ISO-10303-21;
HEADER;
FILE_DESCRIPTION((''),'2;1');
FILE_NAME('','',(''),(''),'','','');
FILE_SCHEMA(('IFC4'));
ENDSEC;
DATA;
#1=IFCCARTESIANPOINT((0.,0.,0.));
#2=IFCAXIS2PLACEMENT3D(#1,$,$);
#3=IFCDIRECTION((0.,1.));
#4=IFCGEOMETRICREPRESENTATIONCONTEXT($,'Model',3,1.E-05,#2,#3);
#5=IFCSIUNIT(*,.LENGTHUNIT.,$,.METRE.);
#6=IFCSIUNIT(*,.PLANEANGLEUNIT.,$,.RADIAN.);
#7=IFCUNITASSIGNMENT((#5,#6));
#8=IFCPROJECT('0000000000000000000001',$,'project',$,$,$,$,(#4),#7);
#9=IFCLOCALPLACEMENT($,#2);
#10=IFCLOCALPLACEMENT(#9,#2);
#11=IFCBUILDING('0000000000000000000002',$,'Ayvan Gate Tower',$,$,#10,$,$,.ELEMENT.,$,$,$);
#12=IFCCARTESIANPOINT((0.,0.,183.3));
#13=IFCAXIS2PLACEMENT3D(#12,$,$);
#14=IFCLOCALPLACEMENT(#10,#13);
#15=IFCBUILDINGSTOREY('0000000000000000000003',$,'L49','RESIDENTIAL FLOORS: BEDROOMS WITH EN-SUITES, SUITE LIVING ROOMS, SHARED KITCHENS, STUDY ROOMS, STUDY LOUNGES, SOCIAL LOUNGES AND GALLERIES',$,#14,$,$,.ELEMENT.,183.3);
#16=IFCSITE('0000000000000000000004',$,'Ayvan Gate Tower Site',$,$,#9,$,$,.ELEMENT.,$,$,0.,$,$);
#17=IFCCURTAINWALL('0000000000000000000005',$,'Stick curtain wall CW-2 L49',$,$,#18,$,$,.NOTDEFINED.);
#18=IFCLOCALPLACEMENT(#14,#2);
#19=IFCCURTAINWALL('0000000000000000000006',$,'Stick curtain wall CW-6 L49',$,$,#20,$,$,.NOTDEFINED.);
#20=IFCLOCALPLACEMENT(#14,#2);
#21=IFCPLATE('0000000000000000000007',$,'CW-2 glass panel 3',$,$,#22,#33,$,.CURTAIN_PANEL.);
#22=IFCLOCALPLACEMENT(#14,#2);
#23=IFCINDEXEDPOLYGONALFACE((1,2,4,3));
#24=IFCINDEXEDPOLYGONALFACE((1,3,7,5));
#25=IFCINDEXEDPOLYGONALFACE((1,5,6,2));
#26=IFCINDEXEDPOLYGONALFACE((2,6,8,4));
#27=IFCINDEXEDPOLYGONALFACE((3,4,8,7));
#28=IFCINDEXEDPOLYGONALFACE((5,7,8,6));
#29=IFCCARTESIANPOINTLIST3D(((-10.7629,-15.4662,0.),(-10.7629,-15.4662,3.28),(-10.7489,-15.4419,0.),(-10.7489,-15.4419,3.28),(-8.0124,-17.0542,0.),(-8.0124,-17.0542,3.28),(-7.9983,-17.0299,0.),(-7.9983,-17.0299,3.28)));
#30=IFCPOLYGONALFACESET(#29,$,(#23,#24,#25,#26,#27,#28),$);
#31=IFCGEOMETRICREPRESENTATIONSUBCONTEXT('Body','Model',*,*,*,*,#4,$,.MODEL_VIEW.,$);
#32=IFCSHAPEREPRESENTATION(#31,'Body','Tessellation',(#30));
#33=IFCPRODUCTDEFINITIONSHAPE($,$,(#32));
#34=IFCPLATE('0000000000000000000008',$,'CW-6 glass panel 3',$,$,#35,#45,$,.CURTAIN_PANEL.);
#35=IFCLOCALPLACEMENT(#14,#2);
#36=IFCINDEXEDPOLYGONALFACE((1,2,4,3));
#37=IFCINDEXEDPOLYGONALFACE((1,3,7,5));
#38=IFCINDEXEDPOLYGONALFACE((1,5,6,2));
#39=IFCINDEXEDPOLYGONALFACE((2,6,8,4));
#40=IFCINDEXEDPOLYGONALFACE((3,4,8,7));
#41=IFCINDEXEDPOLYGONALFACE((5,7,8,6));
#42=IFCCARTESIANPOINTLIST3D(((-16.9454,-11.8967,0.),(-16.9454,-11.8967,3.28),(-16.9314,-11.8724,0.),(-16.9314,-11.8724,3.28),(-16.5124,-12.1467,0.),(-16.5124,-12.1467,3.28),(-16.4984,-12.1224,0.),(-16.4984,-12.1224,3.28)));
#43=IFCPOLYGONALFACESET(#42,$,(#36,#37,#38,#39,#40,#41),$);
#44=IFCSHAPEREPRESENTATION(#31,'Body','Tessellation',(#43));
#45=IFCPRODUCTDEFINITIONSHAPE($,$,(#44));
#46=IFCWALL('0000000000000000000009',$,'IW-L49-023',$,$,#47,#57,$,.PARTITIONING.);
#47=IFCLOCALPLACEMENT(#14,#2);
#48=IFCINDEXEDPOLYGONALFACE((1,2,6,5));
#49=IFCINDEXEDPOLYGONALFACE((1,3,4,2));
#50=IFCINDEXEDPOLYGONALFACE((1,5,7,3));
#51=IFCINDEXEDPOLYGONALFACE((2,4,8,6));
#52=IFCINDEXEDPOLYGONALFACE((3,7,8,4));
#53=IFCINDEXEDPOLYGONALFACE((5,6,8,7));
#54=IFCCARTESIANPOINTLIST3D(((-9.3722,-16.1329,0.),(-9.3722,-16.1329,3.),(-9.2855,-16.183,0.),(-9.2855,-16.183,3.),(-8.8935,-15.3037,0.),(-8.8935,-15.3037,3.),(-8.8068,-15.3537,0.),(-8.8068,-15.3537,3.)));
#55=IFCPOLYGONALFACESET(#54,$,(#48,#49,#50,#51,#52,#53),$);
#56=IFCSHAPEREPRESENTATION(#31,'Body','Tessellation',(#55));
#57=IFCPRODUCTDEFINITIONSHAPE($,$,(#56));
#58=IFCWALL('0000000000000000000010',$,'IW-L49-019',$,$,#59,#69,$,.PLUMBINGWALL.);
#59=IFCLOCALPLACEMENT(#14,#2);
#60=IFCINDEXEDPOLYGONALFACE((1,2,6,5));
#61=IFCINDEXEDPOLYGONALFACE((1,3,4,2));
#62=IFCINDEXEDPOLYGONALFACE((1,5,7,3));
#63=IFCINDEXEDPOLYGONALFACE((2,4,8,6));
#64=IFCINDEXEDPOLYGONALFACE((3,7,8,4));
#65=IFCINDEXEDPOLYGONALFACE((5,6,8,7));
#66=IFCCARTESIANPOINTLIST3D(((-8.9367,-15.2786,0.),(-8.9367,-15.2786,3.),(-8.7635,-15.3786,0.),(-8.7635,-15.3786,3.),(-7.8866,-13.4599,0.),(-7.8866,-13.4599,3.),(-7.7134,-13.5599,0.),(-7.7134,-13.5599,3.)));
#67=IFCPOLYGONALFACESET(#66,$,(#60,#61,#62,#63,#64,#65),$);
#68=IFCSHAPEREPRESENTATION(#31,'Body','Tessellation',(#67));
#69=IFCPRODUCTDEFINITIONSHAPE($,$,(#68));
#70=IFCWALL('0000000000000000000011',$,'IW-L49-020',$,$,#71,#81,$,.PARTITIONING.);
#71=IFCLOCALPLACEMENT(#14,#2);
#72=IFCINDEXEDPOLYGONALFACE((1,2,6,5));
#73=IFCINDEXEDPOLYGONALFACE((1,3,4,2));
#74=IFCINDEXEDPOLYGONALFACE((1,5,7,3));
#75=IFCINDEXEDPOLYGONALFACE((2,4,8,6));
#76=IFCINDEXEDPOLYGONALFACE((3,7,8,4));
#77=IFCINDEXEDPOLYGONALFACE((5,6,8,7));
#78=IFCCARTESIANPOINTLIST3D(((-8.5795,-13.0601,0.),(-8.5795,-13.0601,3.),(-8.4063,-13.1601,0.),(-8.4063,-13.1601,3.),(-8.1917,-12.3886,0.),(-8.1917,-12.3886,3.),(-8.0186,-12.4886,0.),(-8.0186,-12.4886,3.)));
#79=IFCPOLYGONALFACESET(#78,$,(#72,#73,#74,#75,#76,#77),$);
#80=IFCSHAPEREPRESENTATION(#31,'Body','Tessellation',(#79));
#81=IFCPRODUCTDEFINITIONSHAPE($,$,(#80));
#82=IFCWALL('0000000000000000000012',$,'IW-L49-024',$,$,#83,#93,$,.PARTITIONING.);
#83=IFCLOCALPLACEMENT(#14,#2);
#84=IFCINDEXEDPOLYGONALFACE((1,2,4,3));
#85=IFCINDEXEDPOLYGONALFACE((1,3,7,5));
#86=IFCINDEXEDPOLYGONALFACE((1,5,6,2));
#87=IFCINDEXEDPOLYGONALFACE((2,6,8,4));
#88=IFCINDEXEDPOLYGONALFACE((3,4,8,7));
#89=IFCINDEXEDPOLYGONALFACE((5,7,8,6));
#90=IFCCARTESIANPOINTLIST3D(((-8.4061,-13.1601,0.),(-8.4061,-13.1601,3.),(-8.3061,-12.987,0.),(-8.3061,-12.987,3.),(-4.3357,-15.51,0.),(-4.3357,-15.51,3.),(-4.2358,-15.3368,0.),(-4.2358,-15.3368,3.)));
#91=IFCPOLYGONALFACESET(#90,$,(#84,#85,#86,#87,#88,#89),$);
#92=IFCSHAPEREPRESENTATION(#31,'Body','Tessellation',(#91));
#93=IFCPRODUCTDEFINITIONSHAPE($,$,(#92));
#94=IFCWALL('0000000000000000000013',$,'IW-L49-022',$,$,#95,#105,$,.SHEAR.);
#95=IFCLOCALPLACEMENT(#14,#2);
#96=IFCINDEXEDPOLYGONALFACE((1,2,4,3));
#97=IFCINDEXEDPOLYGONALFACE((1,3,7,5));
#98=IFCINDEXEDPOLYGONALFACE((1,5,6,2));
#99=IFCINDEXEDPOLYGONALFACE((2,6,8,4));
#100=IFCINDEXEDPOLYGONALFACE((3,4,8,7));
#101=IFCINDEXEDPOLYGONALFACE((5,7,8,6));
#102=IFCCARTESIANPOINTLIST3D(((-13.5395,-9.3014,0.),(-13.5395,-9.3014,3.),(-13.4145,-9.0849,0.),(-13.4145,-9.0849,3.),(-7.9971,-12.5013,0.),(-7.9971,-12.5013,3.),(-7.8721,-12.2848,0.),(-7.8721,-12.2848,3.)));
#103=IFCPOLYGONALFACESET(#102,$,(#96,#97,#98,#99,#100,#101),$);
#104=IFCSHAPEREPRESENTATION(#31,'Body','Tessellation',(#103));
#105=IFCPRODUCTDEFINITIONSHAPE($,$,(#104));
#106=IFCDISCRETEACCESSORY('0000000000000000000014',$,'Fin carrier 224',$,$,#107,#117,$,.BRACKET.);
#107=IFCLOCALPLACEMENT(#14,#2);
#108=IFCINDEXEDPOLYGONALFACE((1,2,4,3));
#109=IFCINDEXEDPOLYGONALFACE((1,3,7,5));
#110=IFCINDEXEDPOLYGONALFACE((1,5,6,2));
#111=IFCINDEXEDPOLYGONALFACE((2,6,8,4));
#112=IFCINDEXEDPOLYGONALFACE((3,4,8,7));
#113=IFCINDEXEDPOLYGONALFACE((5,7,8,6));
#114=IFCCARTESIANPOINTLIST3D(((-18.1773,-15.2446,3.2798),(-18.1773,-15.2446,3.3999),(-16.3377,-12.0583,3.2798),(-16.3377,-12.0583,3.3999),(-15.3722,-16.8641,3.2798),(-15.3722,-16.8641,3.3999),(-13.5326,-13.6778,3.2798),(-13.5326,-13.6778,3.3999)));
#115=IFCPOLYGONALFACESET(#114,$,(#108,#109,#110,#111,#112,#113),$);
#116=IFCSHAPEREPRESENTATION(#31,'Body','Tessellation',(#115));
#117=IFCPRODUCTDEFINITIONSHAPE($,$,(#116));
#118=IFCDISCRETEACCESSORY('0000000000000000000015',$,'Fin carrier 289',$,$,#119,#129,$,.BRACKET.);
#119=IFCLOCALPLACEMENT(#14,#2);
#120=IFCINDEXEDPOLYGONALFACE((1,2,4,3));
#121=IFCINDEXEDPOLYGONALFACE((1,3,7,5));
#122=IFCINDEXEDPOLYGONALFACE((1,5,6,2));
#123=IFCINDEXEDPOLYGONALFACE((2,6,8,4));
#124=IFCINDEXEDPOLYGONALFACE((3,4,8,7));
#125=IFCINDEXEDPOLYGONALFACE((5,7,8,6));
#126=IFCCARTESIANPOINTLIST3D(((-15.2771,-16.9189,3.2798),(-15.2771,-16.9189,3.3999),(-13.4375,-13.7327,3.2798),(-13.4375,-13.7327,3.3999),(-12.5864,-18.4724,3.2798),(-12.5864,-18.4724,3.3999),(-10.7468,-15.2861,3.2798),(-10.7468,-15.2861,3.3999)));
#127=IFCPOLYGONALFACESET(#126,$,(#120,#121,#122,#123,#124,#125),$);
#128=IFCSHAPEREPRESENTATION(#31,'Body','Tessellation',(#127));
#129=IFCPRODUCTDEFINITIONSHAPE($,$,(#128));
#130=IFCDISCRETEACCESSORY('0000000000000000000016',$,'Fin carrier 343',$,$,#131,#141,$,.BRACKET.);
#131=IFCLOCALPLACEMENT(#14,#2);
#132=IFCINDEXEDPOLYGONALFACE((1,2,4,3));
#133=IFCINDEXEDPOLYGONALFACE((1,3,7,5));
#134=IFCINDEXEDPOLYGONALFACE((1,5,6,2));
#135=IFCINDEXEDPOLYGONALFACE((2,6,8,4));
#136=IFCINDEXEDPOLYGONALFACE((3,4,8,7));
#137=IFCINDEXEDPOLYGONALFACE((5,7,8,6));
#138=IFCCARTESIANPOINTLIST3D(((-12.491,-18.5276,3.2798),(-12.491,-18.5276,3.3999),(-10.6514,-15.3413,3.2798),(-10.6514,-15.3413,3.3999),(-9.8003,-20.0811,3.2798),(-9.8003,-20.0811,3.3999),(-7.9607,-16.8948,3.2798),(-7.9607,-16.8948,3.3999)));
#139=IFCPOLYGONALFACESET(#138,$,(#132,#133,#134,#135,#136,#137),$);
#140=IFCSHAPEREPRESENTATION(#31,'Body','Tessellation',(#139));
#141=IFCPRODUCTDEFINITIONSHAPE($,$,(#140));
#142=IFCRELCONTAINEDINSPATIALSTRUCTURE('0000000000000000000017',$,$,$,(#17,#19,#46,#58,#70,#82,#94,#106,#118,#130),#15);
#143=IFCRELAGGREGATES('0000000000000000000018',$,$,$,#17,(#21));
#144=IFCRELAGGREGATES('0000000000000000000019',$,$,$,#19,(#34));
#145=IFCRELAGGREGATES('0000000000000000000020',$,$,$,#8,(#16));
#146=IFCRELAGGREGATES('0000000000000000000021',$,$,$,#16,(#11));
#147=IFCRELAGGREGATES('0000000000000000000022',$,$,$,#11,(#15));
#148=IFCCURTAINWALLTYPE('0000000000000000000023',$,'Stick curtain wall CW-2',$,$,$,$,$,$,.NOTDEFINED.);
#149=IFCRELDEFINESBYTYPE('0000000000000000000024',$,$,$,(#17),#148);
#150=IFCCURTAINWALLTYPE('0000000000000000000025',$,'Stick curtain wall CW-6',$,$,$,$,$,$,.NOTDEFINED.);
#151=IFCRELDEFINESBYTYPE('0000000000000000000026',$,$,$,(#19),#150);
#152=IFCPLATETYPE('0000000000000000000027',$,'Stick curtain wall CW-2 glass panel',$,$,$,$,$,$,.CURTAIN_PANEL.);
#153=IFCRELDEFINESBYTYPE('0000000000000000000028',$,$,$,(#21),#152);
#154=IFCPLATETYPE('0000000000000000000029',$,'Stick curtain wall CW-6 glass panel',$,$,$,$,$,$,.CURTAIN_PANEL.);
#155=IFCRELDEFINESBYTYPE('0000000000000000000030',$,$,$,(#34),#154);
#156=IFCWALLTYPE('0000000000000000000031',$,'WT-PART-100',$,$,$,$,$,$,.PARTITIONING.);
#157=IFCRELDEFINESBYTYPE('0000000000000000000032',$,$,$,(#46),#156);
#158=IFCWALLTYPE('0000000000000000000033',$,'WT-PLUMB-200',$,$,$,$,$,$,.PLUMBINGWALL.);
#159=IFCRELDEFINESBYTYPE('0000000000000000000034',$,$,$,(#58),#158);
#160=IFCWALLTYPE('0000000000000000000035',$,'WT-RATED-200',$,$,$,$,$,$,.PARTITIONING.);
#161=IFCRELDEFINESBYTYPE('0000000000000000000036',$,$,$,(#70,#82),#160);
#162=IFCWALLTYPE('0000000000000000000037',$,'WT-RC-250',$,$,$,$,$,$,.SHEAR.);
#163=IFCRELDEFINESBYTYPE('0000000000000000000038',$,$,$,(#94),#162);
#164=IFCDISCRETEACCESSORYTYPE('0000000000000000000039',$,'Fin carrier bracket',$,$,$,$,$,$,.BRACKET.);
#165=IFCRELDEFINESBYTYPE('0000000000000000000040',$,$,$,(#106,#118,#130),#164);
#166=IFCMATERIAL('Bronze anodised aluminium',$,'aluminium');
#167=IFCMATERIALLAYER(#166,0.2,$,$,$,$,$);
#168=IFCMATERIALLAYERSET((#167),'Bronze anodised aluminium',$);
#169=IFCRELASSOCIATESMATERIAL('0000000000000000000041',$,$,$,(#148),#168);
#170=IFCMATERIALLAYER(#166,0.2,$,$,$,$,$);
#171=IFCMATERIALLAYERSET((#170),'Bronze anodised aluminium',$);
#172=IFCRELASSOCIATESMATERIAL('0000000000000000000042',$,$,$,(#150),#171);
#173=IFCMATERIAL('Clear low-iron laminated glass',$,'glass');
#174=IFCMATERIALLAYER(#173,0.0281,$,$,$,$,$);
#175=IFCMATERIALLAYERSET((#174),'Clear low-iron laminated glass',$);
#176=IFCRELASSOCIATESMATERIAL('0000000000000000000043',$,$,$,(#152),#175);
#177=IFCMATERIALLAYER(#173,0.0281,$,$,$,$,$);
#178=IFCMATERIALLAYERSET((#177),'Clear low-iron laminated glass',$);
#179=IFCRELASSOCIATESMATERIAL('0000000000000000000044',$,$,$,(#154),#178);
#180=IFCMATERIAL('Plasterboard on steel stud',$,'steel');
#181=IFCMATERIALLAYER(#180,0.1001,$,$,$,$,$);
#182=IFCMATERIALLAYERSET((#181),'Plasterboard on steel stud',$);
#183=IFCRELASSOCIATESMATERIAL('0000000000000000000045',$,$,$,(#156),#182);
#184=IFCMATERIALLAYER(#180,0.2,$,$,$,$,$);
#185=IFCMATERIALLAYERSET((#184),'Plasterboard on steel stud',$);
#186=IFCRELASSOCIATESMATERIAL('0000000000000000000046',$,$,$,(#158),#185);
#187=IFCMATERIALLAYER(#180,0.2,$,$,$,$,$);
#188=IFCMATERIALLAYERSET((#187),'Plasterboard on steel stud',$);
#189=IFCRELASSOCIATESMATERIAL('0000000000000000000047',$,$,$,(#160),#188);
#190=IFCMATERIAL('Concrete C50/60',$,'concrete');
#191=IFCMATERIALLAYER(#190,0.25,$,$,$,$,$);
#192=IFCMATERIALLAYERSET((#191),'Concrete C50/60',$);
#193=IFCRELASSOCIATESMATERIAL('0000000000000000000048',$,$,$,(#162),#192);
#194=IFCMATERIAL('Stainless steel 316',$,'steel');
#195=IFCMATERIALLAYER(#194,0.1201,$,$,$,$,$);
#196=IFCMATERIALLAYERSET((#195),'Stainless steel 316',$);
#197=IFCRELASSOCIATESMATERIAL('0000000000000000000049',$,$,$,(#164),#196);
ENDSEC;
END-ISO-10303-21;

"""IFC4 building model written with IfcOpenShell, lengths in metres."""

from ifc_helpers import new_model, si_unit, direction, frame, frame_2d, origin, origin_2d, place, context, subcontext, project, spatial, rectangle, extrude, material, layer, layer_set, type_object, element, aggregate, save


model = new_model("IFC4")

# Units and contexts
model_context = context("Model", 3, precision=1e-05, world=origin(), true_north=direction((0.0, 1.0)))
body_context = subcontext(model_context, "Body", "Model", "MODEL_VIEW")
ifc_project = project(units=[si_unit("LENGTHUNIT", "METRE"), si_unit("PLANEANGLEUNIT", "RADIAN")], contexts=[model_context])

# Site, building, storey
site_placement = place(None, origin())
site = spatial("IfcSite", under=ifc_project, at=site_placement, Name="Ayvan Gate Tower Site", CompositionType="ELEMENT", RefElevation=0.0)
building_placement = place(site_placement, origin())
building = spatial("IfcBuilding", under=site, at=building_placement, Name="Ayvan Gate Tower", CompositionType="ELEMENT")
storey_placement = place(building_placement, frame((0.0, 0.0, 183.3)))
storey = spatial("IfcBuildingStorey", under=building, at=storey_placement, Name="L49", Description="RESIDENTIAL FLOORS: BEDROOMS WITH EN-SUITES, SUITE LIVING ROOMS, SHARED KITCHENS, STUDY ROOMS, STUDY LOUNGES, SOCIAL LOUNGES AND GALLERIES", CompositionType="ELEMENT", Elevation=183.3)

# Curtain walls
ifc_material_1 = material(Name="Bronze anodised aluminium", Category="aluminium")
ifc_layer_1 = layer(ifc_material_1, 0.2)
ifc_layer_set_1 = layer_set([ifc_layer_1], Name="Bronze anodised aluminium")
curtain_wall_type_1 = type_object("IfcCurtainWallType", Name="Stick curtain wall CW-2", PredefinedType="NOTDEFINED", material=ifc_layer_set_1)
curtain_wall_1_placement = place(storey_placement, origin())
curtain_wall_1 = element("IfcCurtainWall", 1, at=curtain_wall_1_placement, inside=storey, type_object=curtain_wall_type_1, Name="Stick curtain wall CW-2 L49", PredefinedType="NOTDEFINED")
ifc_layer_2 = layer(ifc_material_1, 0.2)
ifc_layer_set_2 = layer_set([ifc_layer_2], Name="Bronze anodised aluminium")
curtain_wall_type_2 = type_object("IfcCurtainWallType", Name="Stick curtain wall CW-6", PredefinedType="NOTDEFINED", material=ifc_layer_set_2)
curtain_wall_2_placement = place(storey_placement, origin())
curtain_wall_2 = element("IfcCurtainWall", 2, at=curtain_wall_2_placement, inside=storey, type_object=curtain_wall_type_2, Name="Stick curtain wall CW-6 L49", PredefinedType="NOTDEFINED")

# Plates
ifc_material_2 = material(Name="Clear low-iron laminated glass", Category="glass")
ifc_layer_3 = layer(ifc_material_2, 0.0281)
ifc_layer_set_3 = layer_set([ifc_layer_3], Name="Clear low-iron laminated glass")
plate_type_1 = type_object("IfcPlateType", Name="Stick curtain wall CW-2 glass panel", PredefinedType="CURTAIN_PANEL", material=ifc_layer_set_3)
plate_1_placement = place(storey_placement, frame((-9.3806, -16.248, 0.0), z_axis=(0.0, 0.0, 1.0), x_axis=(0.866025, -0.5, 0.0)))
plate_1 = element("IfcPlate", 3, at=plate_1_placement, type_object=plate_type_1, Name="CW-2 glass panel 3", PredefinedType="CURTAIN_PANEL", context=body_context, shape_type="SweptSolid", body=[
    extrude(rectangle(XDim=3.176, YDim=0.0281, at=origin_2d()), origin(), (0.0, 0.0, 1.0), 3.28),
])
aggregate(curtain_wall_1, [plate_1])
ifc_layer_4 = layer(ifc_material_2, 0.0281)
ifc_layer_set_4 = layer_set([ifc_layer_4], Name="Clear low-iron laminated glass")
plate_type_2 = type_object("IfcPlateType", Name="Stick curtain wall CW-6 glass panel", PredefinedType="CURTAIN_PANEL", material=ifc_layer_set_4)
plate_2_placement = place(storey_placement, frame((-16.7219, -12.0095, 0.0), z_axis=(0.0, 0.0, 1.0), x_axis=(0.866025, -0.5, 0.0)))
plate_2 = element("IfcPlate", 4, at=plate_2_placement, type_object=plate_type_2, Name="CW-6 glass panel 3", PredefinedType="CURTAIN_PANEL", context=body_context, shape_type="SweptSolid", body=[
    extrude(rectangle(XDim=0.5, YDim=0.0281, at=origin_2d()), origin(), (0.0, 0.0, 1.0), 3.28),
])
aggregate(curtain_wall_2, [plate_2])

# Walls
ifc_material_3 = material(Name="Plasterboard on steel stud", Category="steel")
ifc_layer_5 = layer(ifc_material_3, 0.1001)
ifc_layer_set_5 = layer_set([ifc_layer_5], Name="Plasterboard on steel stud")
wall_type_1 = type_object("IfcWallType", Name="WT-PART-100", PredefinedType="PARTITIONING", material=ifc_layer_set_5)
wall_1_placement = place(storey_placement, frame((-9.3289, -16.158, 0.0), z_axis=(0.0, 0.0, 1.0), x_axis=(0.499951, 0.866054, 0.0)))
element("IfcWall", 5, at=wall_1_placement, inside=storey, type_object=wall_type_1, Name="IW-L49-023", PredefinedType="PARTITIONING", context=body_context, shape_type="SweptSolid", body=[
    extrude(rectangle(XDim=0.9575, YDim=0.1001, at=frame_2d((0.4788, 0.0))), origin(), (0.0, 0.0, 1.0), 3.0),
])
ifc_layer_6 = layer(ifc_material_3, 0.2)
ifc_layer_set_6 = layer_set([ifc_layer_6], Name="Plasterboard on steel stud")
wall_type_2 = type_object("IfcWallType", Name="WT-PLUMB-200", PredefinedType="PLUMBINGWALL", material=ifc_layer_set_6)
wall_2_placement = place(storey_placement, frame((-8.8501, -15.3286, 0.0), z_axis=(0.0, 0.0, 1.0), x_axis=(0.500028, 0.866009, 0.0)))
element("IfcWall", 6, at=wall_2_placement, inside=storey, type_object=wall_type_2, Name="IW-L49-019", PredefinedType="PLUMBINGWALL", context=body_context, shape_type="SweptSolid", body=[
    extrude(rectangle(XDim=2.1001, YDim=0.2, at=frame_2d((1.05, 0.0))), origin(), (0.0, 0.0, 1.0), 3.0),
])
ifc_layer_7 = layer(ifc_material_3, 0.2)
ifc_layer_set_7 = layer_set([ifc_layer_7], Name="Plasterboard on steel stud")
wall_type_3 = type_object("IfcWallType", Name="WT-RATED-200", PredefinedType="PARTITIONING", material=ifc_layer_set_7)
wall_3_placement = place(storey_placement, frame((-8.4929, -13.1101, 0.0), z_axis=(0.0, 0.0, 1.0), x_axis=(0.500068, 0.865986, 0.0)))
element("IfcWall", 7, at=wall_3_placement, inside=storey, type_object=wall_type_3, Name="IW-L49-020", PredefinedType="PARTITIONING", context=body_context, shape_type="SweptSolid", body=[
    extrude(rectangle(XDim=0.7754, YDim=0.2, at=frame_2d((0.3877, 0.0))), origin(), (0.0, 0.0, 1.0), 3.0),
])
wall_4_placement = place(storey_placement, frame((-8.3562, -13.0735, 0.0), z_axis=(0.0, 0.0, 1.0), x_axis=(0.866039, -0.499977, 0.0)))
element("IfcWall", 8, at=wall_4_placement, inside=storey, type_object=wall_type_3, Name="IW-L49-024", PredefinedType="PARTITIONING", context=body_context, shape_type="SweptSolid", body=[
    extrude(rectangle(XDim=4.7, YDim=0.2, at=frame_2d((2.3501, 0.0))), origin(), (0.0, 0.0, 1.0), 3.0),
])
ifc_material_4 = material(Name="Concrete C50/60", Category="concrete")
ifc_layer_8 = layer(ifc_material_4, 0.25)
ifc_layer_set_8 = layer_set([ifc_layer_8], Name="Concrete C50/60")
wall_type_4 = type_object("IfcWallType", Name="WT-RC-250", PredefinedType="SHEAR", material=ifc_layer_set_8)
wall_5_placement = place(storey_placement, frame((-7.9346, -12.3931, 0.0), z_axis=(0.0, 0.0, 1.0), x_axis=(-0.866025, 0.5, 0.0)))
element("IfcWall", 9, at=wall_5_placement, inside=storey, type_object=wall_type_4, Name="IW-L49-022", PredefinedType="SHEAR", context=body_context, shape_type="SweptSolid", body=[
    extrude(rectangle(XDim=6.3999, YDim=0.25, at=frame_2d((3.2, 0.0))), origin(), (0.0, 0.0, 1.0), 3.0),
])

# Discrete accessories
ifc_material_5 = material(Name="Stainless steel 316", Category="steel")
ifc_layer_9 = layer(ifc_material_5, 0.1201)
ifc_layer_set_9 = layer_set([ifc_layer_9], Name="Stainless steel 316")
discrete_accessory_type = type_object("IfcDiscreteAccessoryType", Name="Fin carrier bracket", PredefinedType="BRACKET", material=ifc_layer_set_9)
discrete_accessory_placement = place(storey_placement, frame((-15.855, -14.4612, 3.2798), z_axis=(0.0, 0.0, 1.0), x_axis=(0.866025, -0.5, 0.0)))
element("IfcDiscreteAccessory", 10, at=discrete_accessory_placement, inside=storey, type_object=discrete_accessory_type, Name="Fin carrier 224", PredefinedType="BRACKET", context=body_context, shape_type="SweptSolid", body=[
    extrude(rectangle(XDim=3.239, YDim=3.6792, at=origin_2d()), origin(), (0.0, 0.0, 1.0), 0.1201),
])
for number, where, z_axis, x_axis, name in (
    (11, (-13.012, -16.1025, 3.2798), (0.0, 0.0, 1.0), (0.866025, -0.5, 0.0), "Fin carrier 289"),
    (12, (-10.2258, -17.7112, 3.2798), (0.0, 0.0, 1.0), (0.866025, -0.5, 0.0), "Fin carrier 343"),
):
    element("IfcDiscreteAccessory", number, at=place(storey_placement, frame(where, z_axis=z_axis, x_axis=x_axis)), inside=storey, type_object=discrete_accessory_type, Name=name, PredefinedType="BRACKET", context=body_context, shape_type="SweptSolid", body=[
        extrude(rectangle(XDim=3.1069, YDim=3.6792, at=origin_2d()), origin(), (0.0, 0.0, 1.0), 0.1201),
    ])

save(model, "model.ifc")
